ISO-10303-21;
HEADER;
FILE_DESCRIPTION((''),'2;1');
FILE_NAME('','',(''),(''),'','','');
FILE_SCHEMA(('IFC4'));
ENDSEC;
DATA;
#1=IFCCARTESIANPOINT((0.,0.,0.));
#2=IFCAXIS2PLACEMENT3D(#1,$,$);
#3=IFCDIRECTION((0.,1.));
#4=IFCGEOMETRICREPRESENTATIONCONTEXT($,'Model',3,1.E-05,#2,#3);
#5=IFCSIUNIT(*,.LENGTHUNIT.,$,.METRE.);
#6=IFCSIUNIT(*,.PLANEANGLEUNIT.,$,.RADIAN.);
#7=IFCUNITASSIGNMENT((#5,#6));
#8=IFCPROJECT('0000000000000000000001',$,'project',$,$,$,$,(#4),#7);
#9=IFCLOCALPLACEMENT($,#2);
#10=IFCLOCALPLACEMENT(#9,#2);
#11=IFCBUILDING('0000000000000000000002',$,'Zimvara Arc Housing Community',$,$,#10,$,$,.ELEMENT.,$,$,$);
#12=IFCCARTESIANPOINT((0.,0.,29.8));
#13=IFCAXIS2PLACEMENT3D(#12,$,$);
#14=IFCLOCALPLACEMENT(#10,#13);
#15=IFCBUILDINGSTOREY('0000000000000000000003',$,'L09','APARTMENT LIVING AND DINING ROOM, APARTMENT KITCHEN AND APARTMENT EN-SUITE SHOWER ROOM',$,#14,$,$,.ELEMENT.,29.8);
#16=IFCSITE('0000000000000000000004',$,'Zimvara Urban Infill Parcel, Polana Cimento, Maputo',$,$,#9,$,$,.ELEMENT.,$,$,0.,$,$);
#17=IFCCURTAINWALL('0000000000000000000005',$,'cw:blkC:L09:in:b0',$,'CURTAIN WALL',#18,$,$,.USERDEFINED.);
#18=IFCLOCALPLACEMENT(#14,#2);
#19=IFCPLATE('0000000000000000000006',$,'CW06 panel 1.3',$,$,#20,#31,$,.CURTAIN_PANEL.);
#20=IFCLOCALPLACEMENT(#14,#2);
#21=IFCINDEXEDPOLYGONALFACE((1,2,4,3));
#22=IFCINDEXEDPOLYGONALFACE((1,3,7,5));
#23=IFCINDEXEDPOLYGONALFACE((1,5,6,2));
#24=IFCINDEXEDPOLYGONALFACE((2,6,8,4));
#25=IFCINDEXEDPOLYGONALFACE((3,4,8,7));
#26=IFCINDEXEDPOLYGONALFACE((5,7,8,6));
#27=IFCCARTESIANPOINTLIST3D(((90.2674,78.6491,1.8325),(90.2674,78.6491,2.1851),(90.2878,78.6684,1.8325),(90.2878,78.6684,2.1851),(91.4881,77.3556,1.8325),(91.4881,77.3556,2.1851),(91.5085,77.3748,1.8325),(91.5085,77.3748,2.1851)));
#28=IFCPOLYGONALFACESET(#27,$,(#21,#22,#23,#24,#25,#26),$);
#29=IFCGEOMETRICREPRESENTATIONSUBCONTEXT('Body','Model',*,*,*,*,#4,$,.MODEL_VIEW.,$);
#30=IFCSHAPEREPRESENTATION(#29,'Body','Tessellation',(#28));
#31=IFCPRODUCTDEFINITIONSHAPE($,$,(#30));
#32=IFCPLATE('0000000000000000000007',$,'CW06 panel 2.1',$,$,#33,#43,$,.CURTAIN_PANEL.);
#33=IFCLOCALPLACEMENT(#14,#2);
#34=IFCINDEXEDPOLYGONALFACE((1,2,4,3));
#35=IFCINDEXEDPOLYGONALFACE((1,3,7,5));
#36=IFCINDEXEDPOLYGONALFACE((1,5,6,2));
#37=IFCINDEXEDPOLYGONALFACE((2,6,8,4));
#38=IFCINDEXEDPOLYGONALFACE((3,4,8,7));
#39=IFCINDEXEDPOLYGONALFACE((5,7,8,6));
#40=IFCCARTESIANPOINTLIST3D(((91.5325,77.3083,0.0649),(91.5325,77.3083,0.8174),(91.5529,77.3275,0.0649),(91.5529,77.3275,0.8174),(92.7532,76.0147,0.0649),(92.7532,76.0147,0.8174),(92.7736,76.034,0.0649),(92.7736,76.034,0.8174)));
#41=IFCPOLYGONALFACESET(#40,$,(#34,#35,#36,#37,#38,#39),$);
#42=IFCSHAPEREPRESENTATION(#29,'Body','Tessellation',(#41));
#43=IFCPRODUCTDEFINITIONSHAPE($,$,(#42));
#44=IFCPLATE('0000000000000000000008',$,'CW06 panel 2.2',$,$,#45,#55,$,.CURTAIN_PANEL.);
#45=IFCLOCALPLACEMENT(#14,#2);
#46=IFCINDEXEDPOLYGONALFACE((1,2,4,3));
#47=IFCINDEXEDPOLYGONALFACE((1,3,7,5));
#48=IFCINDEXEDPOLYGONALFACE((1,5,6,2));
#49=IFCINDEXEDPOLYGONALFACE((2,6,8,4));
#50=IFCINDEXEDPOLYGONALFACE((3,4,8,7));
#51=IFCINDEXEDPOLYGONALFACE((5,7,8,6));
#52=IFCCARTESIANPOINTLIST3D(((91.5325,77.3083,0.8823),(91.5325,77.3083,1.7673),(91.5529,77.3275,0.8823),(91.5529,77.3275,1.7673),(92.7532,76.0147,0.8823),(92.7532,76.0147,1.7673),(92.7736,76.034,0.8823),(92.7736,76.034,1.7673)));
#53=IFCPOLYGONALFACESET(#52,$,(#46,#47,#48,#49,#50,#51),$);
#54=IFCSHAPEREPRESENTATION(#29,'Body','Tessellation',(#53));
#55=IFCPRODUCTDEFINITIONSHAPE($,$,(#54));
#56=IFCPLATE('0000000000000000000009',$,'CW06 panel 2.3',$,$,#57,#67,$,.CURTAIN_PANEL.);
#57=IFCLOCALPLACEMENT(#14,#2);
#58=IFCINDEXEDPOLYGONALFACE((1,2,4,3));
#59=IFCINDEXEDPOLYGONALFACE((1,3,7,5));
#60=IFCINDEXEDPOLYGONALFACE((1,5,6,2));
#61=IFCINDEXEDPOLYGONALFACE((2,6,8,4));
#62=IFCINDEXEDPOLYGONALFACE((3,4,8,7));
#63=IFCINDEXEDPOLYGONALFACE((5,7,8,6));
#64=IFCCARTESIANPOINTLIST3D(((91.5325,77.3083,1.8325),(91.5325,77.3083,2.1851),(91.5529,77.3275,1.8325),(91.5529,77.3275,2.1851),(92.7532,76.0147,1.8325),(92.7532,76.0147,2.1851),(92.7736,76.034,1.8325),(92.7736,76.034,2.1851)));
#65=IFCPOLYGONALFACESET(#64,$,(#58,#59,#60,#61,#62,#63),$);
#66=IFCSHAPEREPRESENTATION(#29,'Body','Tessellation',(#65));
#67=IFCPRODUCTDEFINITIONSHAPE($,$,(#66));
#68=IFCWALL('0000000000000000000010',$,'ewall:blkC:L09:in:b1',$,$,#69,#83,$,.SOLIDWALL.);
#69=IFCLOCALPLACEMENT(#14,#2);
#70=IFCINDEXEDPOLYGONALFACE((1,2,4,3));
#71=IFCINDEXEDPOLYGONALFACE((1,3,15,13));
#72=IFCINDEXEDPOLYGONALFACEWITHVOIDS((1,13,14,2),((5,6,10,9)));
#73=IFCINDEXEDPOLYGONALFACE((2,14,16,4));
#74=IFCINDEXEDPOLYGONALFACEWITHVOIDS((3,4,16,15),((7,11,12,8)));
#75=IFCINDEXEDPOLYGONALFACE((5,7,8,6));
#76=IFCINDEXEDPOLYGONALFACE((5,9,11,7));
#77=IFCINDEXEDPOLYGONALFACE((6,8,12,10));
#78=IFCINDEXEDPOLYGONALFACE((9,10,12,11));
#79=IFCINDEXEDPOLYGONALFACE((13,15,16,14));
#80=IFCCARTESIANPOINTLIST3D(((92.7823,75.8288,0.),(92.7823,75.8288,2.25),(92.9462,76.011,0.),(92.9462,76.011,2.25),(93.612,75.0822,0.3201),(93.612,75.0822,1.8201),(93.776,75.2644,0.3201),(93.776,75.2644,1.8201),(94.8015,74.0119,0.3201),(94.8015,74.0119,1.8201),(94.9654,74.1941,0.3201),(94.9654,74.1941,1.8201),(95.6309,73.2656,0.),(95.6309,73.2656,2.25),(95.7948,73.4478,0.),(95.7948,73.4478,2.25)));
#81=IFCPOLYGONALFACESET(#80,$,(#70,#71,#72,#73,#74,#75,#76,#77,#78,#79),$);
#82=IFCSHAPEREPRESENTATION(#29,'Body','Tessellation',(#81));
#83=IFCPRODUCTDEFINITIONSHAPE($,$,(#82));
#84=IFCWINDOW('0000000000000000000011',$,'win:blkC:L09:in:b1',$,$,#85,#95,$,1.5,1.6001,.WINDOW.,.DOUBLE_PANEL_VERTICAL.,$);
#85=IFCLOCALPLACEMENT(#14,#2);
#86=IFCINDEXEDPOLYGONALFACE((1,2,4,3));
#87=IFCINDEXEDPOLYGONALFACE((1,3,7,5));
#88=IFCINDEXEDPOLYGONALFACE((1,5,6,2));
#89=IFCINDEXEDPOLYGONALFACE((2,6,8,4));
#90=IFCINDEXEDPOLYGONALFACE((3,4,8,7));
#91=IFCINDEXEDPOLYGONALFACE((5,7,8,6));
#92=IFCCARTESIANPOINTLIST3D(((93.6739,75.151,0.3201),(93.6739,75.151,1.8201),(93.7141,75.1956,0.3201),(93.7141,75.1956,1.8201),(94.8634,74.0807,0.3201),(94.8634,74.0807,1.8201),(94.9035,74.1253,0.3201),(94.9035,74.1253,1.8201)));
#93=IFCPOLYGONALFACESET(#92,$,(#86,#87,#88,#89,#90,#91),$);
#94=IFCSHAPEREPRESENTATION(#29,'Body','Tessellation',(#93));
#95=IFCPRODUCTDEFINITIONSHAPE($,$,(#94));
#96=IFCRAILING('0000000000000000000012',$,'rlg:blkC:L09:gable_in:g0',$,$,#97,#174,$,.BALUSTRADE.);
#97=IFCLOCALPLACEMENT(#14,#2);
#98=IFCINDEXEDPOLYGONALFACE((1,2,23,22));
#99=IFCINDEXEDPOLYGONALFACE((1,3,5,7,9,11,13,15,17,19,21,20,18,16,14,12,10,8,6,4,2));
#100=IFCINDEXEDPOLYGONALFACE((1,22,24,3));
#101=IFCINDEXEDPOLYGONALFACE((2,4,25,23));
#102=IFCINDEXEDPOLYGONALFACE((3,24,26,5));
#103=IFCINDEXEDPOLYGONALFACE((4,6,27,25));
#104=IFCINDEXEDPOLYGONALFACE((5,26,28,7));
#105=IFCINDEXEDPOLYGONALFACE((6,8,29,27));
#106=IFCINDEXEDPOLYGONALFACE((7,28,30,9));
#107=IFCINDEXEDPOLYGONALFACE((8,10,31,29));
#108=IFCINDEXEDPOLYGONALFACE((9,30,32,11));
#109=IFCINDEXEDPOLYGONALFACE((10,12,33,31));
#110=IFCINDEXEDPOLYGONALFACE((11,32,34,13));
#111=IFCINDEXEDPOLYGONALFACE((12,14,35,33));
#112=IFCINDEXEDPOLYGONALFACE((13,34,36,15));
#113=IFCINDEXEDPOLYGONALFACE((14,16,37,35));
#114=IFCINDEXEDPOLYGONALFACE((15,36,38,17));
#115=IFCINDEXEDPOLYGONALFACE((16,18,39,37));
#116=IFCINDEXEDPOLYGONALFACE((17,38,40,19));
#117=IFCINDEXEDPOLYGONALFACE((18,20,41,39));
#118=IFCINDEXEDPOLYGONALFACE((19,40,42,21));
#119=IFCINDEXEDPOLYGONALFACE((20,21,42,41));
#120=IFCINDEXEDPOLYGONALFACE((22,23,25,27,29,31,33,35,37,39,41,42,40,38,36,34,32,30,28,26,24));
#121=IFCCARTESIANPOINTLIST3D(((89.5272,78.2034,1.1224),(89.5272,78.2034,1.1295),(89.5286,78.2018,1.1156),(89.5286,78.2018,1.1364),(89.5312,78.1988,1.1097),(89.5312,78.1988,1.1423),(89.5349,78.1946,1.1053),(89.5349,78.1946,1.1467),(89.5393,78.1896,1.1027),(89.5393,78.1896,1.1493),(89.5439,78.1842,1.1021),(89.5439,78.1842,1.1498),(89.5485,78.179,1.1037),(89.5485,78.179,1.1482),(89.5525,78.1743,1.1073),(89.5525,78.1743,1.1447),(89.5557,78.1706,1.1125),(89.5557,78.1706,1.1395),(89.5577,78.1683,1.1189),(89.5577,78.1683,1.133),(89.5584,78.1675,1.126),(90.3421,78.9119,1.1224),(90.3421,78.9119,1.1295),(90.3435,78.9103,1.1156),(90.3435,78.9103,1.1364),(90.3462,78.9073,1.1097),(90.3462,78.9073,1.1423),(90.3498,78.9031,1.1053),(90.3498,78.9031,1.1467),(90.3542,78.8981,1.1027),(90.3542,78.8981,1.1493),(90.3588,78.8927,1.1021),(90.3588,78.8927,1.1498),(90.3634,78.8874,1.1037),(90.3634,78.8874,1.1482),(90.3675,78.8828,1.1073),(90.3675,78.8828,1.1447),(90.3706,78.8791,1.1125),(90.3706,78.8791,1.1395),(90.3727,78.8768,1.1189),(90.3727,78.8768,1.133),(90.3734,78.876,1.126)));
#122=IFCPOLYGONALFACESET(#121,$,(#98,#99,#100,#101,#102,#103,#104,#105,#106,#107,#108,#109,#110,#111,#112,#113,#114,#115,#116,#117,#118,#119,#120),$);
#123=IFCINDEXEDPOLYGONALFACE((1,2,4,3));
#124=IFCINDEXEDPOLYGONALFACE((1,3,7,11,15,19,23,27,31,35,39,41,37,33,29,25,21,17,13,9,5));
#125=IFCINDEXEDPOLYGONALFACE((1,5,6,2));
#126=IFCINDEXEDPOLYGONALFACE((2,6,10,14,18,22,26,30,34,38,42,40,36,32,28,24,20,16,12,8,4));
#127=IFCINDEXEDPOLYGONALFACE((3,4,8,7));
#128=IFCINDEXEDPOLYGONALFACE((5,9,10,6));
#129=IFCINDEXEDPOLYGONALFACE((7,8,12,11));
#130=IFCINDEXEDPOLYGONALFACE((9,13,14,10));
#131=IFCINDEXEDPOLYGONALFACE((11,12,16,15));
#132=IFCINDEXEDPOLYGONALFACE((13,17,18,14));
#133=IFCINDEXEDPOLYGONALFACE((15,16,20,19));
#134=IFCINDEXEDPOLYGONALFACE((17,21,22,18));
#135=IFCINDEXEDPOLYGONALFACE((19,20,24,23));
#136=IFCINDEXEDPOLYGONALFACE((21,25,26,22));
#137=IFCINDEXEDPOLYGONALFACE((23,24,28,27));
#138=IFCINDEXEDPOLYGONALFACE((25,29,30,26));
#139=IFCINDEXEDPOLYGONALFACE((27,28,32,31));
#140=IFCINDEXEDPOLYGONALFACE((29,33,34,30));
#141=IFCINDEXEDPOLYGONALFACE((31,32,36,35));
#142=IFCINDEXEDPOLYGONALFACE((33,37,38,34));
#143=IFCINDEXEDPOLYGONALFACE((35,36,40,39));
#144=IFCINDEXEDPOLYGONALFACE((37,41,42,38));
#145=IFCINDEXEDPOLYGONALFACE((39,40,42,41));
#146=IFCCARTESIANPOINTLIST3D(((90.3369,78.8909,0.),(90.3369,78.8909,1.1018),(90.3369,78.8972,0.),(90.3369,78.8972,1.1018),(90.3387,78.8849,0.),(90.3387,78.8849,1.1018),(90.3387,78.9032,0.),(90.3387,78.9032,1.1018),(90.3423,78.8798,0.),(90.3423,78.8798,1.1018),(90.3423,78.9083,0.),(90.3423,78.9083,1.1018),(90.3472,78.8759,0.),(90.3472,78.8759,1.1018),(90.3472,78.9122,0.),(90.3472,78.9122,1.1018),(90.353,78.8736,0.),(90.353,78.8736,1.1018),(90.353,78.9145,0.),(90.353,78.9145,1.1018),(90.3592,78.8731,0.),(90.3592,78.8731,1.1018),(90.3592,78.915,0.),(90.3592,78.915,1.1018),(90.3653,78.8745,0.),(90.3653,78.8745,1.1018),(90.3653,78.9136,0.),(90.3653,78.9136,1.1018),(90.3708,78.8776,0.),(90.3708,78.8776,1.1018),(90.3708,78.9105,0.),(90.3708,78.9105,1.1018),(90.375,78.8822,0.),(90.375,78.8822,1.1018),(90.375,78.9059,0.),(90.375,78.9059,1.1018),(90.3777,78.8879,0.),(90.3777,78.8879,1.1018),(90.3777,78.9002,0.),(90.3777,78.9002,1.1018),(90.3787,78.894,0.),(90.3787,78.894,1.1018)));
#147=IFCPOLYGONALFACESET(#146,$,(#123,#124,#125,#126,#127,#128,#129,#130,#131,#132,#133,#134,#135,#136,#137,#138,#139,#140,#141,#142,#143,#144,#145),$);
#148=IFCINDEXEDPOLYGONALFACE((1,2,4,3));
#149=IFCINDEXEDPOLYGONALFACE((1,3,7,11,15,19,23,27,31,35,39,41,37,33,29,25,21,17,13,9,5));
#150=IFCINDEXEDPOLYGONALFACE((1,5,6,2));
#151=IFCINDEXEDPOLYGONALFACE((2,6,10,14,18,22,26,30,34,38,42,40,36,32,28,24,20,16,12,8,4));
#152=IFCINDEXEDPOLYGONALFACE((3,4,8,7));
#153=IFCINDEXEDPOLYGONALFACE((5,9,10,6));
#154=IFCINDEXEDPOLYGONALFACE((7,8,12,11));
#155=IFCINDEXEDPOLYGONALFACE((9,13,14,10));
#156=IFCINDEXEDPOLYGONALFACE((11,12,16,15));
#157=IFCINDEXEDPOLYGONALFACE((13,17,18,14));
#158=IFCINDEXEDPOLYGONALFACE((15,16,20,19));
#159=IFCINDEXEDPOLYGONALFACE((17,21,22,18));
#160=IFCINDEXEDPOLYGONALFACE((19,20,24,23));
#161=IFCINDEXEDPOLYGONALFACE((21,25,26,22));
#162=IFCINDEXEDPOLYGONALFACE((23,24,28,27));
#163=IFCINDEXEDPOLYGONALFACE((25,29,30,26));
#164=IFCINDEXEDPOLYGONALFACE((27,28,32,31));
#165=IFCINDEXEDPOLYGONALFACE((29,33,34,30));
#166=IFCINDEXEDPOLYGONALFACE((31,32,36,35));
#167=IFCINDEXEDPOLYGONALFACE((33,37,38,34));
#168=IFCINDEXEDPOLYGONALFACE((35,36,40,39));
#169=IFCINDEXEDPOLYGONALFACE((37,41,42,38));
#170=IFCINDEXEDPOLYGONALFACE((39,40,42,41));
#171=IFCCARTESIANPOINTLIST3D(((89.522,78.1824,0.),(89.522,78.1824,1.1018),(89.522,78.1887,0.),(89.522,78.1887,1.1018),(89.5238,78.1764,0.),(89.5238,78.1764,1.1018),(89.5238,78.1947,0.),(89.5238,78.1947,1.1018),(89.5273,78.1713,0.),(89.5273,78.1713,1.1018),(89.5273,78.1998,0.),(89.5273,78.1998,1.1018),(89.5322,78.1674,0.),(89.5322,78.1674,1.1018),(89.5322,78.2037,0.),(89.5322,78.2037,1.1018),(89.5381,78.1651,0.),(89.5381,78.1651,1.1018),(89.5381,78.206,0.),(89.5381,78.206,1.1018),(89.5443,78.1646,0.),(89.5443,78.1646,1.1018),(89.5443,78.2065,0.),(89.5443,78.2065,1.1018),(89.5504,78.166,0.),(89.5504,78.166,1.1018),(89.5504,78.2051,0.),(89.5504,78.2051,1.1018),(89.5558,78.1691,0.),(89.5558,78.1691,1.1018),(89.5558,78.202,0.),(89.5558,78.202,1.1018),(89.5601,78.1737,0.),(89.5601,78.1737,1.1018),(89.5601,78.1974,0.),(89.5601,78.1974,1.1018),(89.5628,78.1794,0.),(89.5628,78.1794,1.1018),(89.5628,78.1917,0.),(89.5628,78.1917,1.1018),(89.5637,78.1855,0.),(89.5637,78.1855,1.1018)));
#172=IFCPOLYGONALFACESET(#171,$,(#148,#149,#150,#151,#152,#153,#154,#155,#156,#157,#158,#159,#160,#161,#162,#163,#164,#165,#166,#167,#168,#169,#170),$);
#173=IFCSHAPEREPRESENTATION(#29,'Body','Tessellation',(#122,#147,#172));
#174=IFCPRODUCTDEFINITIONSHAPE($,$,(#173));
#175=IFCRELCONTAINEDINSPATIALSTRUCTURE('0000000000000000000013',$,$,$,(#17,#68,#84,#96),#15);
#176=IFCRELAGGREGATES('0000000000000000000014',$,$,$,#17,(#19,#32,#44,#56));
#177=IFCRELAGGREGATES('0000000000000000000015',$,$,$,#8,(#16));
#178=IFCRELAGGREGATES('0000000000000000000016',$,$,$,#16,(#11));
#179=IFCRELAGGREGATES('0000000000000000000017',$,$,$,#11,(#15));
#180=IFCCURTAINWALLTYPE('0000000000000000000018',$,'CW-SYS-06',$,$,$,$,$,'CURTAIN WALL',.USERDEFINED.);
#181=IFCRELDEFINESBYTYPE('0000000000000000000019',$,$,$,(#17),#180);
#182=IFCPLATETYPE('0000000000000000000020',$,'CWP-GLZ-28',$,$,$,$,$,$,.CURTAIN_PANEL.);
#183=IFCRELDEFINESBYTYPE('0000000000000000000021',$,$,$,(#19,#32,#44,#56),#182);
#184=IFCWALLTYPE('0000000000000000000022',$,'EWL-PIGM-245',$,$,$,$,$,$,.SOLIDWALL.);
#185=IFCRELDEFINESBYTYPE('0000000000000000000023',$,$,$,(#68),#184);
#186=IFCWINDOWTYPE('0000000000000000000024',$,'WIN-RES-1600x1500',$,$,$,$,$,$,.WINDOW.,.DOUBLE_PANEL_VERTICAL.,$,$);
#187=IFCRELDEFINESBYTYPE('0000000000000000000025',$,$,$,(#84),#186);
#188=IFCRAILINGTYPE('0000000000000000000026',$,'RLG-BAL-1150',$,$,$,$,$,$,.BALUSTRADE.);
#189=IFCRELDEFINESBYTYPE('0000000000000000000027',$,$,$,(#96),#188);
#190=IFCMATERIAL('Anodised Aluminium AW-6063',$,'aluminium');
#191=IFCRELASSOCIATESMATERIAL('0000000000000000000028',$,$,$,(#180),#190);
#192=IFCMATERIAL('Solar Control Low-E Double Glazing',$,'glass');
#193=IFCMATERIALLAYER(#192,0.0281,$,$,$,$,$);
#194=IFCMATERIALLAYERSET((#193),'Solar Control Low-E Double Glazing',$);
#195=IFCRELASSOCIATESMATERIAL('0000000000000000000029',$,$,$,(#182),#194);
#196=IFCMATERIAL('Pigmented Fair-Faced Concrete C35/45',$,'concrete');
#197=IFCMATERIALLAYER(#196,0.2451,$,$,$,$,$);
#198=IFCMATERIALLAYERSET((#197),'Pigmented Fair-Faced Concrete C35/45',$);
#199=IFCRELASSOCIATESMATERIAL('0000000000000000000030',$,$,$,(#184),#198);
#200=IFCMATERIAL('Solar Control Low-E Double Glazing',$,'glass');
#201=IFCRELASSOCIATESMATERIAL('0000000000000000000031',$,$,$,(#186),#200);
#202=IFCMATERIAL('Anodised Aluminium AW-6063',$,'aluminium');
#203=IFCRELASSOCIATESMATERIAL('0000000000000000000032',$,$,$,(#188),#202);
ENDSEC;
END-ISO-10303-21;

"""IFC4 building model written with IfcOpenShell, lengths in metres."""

from ifc_helpers import new_model, si_unit, direction, frame, frame_2d, origin, origin_2d, place, context, subcontext, project, spatial, rectangle, circle, extrude, material, layer, layer_set, type_object, element, fill, aggregate, save


model = new_model("IFC4")

# Units and contexts
model_context = context("Model", 3, precision=1e-05, world=origin(), true_north=direction((0.0, 1.0)))
body_context = subcontext(model_context, "Body", "Model", "MODEL_VIEW")
ifc_project = project(units=[si_unit("LENGTHUNIT", "METRE"), si_unit("PLANEANGLEUNIT", "RADIAN")], contexts=[model_context])

# Site, building, storey
site_placement = place(None, origin())
site = spatial("IfcSite", under=ifc_project, at=site_placement, Name="Zimvara Urban Infill Parcel, Polana Cimento, Maputo", CompositionType="ELEMENT", RefElevation=0.0)
building_placement = place(site_placement, origin())
building = spatial("IfcBuilding", under=site, at=building_placement, Name="Zimvara Arc Housing Community", CompositionType="ELEMENT")
storey_placement = place(building_placement, frame((0.0, 0.0, 29.8)))
storey = spatial("IfcBuildingStorey", under=building, at=storey_placement, Name="L09", Description="APARTMENT LIVING AND DINING ROOM, APARTMENT KITCHEN AND APARTMENT EN-SUITE SHOWER ROOM", CompositionType="ELEMENT", Elevation=29.8)

# Curtain wall, plates
ifc_material_1 = material(Name="Anodised Aluminium AW-6063", Category="aluminium")
curtain_wall_type = type_object("IfcCurtainWallType", Name="CW-SYS-06", ElementType="CURTAIN WALL", PredefinedType="USERDEFINED", material=ifc_material_1)
curtain_wall_placement = place(storey_placement, origin())
curtain_wall = element("IfcCurtainWall", 1, at=curtain_wall_placement, inside=storey, type_object=curtain_wall_type, Name="cw:blkC:L09:in:b0", ObjectType="CURTAIN WALL", PredefinedType="USERDEFINED")
ifc_material_2 = material(Name="Solar Control Low-E Double Glazing", Category="glass")
ifc_layer_1 = layer(ifc_material_2, 0.0281)
ifc_layer_set_1 = layer_set([ifc_layer_1], Name="Solar Control Low-E Double Glazing")
plate_type = type_object("IfcPlateType", Name="CWP-GLZ-28", PredefinedType="CURTAIN_PANEL", material=ifc_layer_set_1)
plate_1_placement = place(storey_placement, frame((90.8879, 78.012, 1.8325), z_axis=(0.0, 0.0, 1.0), x_axis=(0.686326, -0.727294, 0.0)))
plate_1 = element("IfcPlate", 2, at=plate_1_placement, type_object=plate_type, Name="CW06 panel 1.3", PredefinedType="CURTAIN_PANEL", context=body_context, shape_type="SweptSolid", body=[
    extrude(rectangle(XDim=1.7786, YDim=0.0281, at=origin_2d()), origin(), (0.0, 0.0, 1.0), 0.3525),
])
plate_2_placement = place(storey_placement, frame((92.1531, 76.6711, 0.0649), z_axis=(0.0, 0.0, 1.0), x_axis=(0.686326, -0.727294, 0.0)))
plate_2 = element("IfcPlate", 3, at=plate_2_placement, type_object=plate_type, Name="CW06 panel 2.1", PredefinedType="CURTAIN_PANEL", context=body_context, shape_type="SweptSolid", body=[
    extrude(rectangle(XDim=1.7786, YDim=0.0281, at=origin_2d()), origin(), (0.0, 0.0, 1.0), 0.7524),
])
plate_3_placement = place(storey_placement, frame((92.1531, 76.6711, 0.8823), z_axis=(0.0, 0.0, 1.0), x_axis=(0.686326, -0.727294, 0.0)))
plate_3 = element("IfcPlate", 4, at=plate_3_placement, type_object=plate_type, Name="CW06 panel 2.2", PredefinedType="CURTAIN_PANEL", context=body_context, shape_type="SweptSolid", body=[
    extrude(rectangle(XDim=1.7786, YDim=0.0281, at=origin_2d()), origin(), (0.0, 0.0, 1.0), 0.885),
])
plate_4_placement = place(storey_placement, frame((92.1531, 76.6711, 1.8325), z_axis=(0.0, 0.0, 1.0), x_axis=(0.686326, -0.727294, 0.0)))
plate_4 = element("IfcPlate", 5, at=plate_4_placement, type_object=plate_type, Name="CW06 panel 2.3", PredefinedType="CURTAIN_PANEL", context=body_context, shape_type="SweptSolid", body=[
    extrude(rectangle(XDim=1.7786, YDim=0.0281, at=origin_2d()), origin(), (0.0, 0.0, 1.0), 0.3525),
])
aggregate(curtain_wall, [plate_1, plate_2, plate_3, plate_4])

# Wall, opening, window
ifc_material_3 = material(Name="Pigmented Fair-Faced Concrete C35/45", Category="concrete")
ifc_layer_2 = layer(ifc_material_3, 0.2451)
ifc_layer_set_2 = layer_set([ifc_layer_2], Name="Pigmented Fair-Faced Concrete C35/45")
wall_type = type_object("IfcWallType", Name="EWL-PIGM-245", PredefinedType="SOLIDWALL", material=ifc_layer_set_2)
wall_placement = place(storey_placement, frame((92.8643, 75.9199, 0.0), z_axis=(0.0, 0.0, 1.0), x_axis=(0.743364, -0.668887, 0.0)))
wall = element("IfcWall", 6, at=wall_placement, inside=storey, type_object=wall_type, Name="ewall:blkC:L09:in:b1", PredefinedType="SOLIDWALL", context=body_context, shape_type="SweptSolid", body=[
    extrude(rectangle(XDim=3.832, YDim=0.2451, at=frame_2d((1.916, 0.0))), origin(), (0.0, 0.0, 1.0), 2.25),
])
opening_placement = place(wall_placement, frame((1.1162, 0.0, 0.3201)))
opening = element("IfcOpeningElement", 7, at=opening_placement, cuts=wall, PredefinedType="OPENING", context=body_context, shape_type="SweptSolid", body=[
    extrude(rectangle(XDim=1.6001, YDim=1.5, at=frame_2d((0.8, 0.75))), frame((0.0, 0.1326, 0.0), z_axis=(0.0, -1.0, 0.0), x_axis=(1.0, 0.0, 0.0)), (0.0, 0.0, 1.0), 0.2651),
])
ifc_material_4 = material(Name="Solar Control Low-E Double Glazing", Category="glass")
window_type = type_object("IfcWindowType", Name="WIN-RES-1600x1500", PartitioningType="DOUBLE_PANEL_VERTICAL", PredefinedType="WINDOW", material=ifc_material_4)
window_placement = place(opening_placement, origin())
window = element("IfcWindow", 8, at=window_placement, inside=storey, type_object=window_type, Name="win:blkC:L09:in:b1", OverallHeight=1.5, OverallWidth=1.6001, PartitioningType="DOUBLE_PANEL_VERTICAL", PredefinedType="WINDOW", context=body_context, shape_type="SweptSolid", body=[
    extrude(rectangle(XDim=1.6001, YDim=1.5, at=frame_2d((0.8, 0.75))), frame((0.0, 0.03, 0.0), z_axis=(0.0, -1.0, 0.0), x_axis=(1.0, 0.0, 0.0)), (0.0, 0.0, 1.0), 0.0601),
])
fill(opening, window)

# Railing
ifc_material_5 = material(Name="Anodised Aluminium AW-6063", Category="aluminium")
railing_type = type_object("IfcRailingType", Name="RLG-BAL-1150", PredefinedType="BALUSTRADE", material=ifc_material_5)
railing_placement = place(storey_placement, frame((90.3577, 78.894, 0.0)))
element("IfcRailing", 9, at=railing_placement, inside=storey, type_object=railing_type, Name="rlg:blkC:L09:gable_in:g0", PredefinedType="BALUSTRADE", context=body_context, shape_type="SweptSolid", body=[
    extrude(circle(Radius=0.0239, at=origin_2d()), frame((0.0, 0.0, 1.126), z_axis=(-0.754674, -0.6561, 0.0), x_axis=(0.6561, -0.754674, 0.0)), (0.0, 0.0, 1.0), 1.0798),
    extrude(circle(Radius=0.021, at=origin_2d()), origin(), (0.0, 0.0, 1.0), 1.1018),
    extrude(circle(Radius=0.021, at=origin_2d()), frame((-0.8149, -0.7085, 0.0)), (0.0, 0.0, 1.0), 1.1018),
])

save(model, "model.ifc")
